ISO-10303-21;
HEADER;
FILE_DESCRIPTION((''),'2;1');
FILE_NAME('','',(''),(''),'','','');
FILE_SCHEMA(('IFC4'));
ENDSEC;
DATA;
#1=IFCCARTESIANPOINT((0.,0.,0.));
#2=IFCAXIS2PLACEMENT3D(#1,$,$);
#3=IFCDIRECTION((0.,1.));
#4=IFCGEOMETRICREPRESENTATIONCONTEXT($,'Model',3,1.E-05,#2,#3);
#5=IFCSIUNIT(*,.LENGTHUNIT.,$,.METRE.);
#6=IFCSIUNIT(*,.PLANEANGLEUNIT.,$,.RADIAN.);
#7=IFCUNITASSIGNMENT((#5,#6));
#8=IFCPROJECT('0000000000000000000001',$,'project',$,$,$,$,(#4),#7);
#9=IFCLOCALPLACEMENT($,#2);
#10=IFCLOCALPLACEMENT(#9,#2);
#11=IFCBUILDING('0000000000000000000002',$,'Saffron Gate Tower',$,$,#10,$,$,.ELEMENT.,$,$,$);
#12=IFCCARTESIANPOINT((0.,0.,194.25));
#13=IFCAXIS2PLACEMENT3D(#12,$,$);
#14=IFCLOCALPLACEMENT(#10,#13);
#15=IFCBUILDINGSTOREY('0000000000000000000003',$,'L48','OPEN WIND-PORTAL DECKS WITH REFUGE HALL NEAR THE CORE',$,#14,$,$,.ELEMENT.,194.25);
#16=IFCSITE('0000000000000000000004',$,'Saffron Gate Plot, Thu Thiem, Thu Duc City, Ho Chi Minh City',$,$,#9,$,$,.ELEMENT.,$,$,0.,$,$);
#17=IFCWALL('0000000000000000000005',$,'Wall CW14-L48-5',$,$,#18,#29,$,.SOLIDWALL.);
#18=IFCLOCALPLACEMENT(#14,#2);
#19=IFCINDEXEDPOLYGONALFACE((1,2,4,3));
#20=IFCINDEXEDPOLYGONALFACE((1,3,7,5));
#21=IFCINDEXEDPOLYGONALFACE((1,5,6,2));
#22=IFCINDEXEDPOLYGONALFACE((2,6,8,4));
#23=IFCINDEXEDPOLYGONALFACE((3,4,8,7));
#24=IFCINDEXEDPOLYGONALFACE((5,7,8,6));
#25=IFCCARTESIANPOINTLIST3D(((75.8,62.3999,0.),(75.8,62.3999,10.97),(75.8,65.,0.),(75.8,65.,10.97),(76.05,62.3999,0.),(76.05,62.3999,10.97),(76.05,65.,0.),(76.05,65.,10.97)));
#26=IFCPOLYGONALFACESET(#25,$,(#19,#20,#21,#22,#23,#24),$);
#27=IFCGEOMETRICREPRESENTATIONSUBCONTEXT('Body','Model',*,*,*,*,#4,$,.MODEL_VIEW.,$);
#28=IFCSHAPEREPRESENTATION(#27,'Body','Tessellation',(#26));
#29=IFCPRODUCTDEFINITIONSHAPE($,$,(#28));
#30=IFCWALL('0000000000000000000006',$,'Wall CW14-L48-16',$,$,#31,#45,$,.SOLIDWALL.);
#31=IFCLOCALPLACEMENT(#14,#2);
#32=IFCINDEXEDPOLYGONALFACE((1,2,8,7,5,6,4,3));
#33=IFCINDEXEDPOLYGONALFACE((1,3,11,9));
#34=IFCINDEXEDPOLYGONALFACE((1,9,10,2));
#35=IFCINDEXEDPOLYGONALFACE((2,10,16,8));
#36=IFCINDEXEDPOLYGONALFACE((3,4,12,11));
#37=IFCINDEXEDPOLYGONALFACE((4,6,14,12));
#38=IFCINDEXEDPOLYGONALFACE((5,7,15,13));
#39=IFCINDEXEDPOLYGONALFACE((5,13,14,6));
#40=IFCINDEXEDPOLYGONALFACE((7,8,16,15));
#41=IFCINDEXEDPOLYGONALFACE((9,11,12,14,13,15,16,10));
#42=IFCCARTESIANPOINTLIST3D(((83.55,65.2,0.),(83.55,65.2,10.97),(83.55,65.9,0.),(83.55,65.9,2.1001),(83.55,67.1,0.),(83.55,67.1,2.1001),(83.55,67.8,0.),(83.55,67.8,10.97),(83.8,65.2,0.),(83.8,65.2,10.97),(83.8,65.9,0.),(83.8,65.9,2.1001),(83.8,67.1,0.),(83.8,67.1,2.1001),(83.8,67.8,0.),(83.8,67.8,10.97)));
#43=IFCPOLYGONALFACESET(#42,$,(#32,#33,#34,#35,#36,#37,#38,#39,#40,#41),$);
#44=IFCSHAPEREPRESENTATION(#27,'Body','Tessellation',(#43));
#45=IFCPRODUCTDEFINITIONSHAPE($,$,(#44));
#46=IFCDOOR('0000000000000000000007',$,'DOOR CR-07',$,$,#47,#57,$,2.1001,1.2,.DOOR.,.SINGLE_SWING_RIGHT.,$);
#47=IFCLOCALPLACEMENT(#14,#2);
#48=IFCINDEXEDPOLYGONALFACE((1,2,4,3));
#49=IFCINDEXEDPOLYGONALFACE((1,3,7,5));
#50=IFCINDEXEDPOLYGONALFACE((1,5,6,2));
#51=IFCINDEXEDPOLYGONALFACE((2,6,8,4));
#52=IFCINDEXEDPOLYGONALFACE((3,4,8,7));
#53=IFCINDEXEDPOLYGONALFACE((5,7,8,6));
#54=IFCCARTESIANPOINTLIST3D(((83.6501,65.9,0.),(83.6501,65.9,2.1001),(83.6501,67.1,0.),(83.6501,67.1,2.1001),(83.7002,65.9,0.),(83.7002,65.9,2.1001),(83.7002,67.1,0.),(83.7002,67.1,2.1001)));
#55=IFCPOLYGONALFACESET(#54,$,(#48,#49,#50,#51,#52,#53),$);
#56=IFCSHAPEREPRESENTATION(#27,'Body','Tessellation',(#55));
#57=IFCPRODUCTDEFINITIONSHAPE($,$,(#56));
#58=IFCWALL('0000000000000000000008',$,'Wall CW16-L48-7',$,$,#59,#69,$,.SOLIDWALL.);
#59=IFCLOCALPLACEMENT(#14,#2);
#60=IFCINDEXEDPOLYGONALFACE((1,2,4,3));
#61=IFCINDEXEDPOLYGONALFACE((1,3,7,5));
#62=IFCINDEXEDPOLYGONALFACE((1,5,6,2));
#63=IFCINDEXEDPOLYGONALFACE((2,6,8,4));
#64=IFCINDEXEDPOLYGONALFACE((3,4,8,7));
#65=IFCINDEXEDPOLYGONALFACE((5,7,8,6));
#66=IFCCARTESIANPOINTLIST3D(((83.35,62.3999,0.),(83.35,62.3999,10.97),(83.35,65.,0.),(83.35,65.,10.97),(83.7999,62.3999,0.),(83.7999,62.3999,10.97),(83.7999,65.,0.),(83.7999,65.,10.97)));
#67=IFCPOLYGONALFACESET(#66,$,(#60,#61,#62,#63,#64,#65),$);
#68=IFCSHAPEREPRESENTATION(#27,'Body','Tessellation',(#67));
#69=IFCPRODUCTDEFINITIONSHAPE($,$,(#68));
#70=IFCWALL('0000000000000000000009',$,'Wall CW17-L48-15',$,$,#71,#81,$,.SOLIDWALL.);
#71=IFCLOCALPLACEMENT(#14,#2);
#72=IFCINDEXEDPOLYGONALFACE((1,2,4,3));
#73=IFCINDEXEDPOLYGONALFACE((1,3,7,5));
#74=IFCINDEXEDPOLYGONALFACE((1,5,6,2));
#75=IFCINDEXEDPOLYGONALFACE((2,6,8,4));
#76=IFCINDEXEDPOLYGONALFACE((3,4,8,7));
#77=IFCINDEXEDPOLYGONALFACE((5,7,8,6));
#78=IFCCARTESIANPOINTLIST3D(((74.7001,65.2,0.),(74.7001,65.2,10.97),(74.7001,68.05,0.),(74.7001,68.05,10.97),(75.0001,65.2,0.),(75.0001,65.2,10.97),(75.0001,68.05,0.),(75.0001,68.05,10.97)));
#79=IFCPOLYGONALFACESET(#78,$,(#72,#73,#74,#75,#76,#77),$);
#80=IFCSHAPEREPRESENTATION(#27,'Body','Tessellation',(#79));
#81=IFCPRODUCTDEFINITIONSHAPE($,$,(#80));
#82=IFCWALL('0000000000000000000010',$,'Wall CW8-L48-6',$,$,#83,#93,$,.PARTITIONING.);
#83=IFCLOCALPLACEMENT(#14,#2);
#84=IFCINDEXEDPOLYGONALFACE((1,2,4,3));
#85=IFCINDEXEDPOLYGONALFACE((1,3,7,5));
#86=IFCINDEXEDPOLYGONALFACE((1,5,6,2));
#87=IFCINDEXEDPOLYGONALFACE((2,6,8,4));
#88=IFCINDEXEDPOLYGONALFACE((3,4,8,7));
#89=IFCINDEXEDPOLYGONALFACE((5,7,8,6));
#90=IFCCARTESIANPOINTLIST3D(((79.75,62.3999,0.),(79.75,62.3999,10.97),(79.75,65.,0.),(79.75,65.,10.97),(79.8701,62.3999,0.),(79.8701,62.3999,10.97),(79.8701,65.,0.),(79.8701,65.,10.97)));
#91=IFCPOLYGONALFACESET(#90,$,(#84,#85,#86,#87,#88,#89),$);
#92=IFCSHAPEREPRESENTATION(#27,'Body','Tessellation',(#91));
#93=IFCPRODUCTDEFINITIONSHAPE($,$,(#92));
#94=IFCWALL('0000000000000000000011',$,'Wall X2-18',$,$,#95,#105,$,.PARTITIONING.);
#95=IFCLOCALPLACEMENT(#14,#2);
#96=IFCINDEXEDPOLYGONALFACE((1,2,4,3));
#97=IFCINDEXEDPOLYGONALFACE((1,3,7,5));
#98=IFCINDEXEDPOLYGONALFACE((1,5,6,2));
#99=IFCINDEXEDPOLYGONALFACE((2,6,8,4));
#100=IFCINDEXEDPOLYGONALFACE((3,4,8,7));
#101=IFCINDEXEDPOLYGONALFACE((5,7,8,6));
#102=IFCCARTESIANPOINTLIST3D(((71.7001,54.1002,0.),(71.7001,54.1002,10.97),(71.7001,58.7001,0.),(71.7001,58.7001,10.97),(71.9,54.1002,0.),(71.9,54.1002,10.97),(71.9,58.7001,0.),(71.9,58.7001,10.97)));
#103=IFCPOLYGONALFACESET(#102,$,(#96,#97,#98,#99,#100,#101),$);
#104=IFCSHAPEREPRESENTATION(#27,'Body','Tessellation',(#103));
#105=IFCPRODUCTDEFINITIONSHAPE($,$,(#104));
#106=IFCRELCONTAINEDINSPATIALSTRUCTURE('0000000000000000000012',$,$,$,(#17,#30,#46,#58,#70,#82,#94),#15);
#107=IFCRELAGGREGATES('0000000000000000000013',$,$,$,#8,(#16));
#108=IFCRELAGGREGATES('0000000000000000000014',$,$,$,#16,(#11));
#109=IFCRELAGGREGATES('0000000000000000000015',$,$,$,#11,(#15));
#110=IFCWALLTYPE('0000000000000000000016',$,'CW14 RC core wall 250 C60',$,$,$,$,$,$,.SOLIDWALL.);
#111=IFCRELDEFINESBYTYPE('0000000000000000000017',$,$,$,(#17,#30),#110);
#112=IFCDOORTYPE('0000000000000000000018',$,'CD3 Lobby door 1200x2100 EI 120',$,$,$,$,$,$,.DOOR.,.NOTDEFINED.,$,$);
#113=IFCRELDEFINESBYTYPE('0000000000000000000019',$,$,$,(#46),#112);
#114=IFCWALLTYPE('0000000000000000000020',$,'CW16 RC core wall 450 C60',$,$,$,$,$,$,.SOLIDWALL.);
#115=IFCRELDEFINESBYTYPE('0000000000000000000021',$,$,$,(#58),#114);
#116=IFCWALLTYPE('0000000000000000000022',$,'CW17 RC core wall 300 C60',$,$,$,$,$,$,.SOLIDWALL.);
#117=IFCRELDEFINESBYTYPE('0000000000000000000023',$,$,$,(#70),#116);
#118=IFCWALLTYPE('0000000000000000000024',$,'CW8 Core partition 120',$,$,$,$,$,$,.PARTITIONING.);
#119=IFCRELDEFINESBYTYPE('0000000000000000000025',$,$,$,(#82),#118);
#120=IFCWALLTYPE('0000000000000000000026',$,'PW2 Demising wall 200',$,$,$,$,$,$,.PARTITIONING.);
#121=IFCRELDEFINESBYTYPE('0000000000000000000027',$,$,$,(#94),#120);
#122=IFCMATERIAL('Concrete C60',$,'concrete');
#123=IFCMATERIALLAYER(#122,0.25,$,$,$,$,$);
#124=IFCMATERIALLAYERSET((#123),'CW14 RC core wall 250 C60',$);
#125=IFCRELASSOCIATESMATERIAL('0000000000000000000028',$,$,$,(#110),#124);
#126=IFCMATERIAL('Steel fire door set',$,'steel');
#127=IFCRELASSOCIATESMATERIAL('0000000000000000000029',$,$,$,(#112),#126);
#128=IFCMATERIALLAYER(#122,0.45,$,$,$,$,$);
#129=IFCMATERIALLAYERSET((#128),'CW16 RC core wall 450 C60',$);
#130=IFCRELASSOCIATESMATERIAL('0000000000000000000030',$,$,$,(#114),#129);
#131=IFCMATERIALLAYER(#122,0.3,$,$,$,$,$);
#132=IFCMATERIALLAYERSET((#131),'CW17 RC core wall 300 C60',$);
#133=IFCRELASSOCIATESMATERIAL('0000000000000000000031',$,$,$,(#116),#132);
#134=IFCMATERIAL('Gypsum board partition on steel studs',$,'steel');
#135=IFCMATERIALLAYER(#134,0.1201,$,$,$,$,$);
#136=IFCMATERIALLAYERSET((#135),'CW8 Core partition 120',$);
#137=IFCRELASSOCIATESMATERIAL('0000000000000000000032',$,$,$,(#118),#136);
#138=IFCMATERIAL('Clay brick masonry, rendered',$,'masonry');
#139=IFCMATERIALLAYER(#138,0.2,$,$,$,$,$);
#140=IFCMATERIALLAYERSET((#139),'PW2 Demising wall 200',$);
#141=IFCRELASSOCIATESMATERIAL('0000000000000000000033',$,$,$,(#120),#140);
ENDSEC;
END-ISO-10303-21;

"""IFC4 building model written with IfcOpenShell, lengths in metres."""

from ifc_helpers import new_model, si_unit, direction, frame, frame_2d, origin, place, context, subcontext, project, spatial, rectangle, extrude, material, layer, layer_set, type_object, element, fill, save


model = new_model("IFC4")

# Units and contexts
model_context = context("Model", 3, precision=1e-05, world=origin(), true_north=direction((0.0, 1.0)))
body_context = subcontext(model_context, "Body", "Model", "MODEL_VIEW")
ifc_project = project(units=[si_unit("LENGTHUNIT", "METRE"), si_unit("PLANEANGLEUNIT", "RADIAN")], contexts=[model_context])

# Site, building, storey
site_placement = place(None, origin())
site = spatial("IfcSite", under=ifc_project, at=site_placement, Name="Saffron Gate Plot, Thu Thiem, Thu Duc City, Ho Chi Minh City", CompositionType="ELEMENT", RefElevation=0.0)
building_placement = place(site_placement, origin())
building = spatial("IfcBuilding", under=site, at=building_placement, Name="Saffron Gate Tower", CompositionType="ELEMENT")
storey_placement = place(building_placement, frame((0.0, 0.0, 194.25)))
storey = spatial("IfcBuildingStorey", under=building, at=storey_placement, Name="L48", Description="OPEN WIND-PORTAL DECKS WITH REFUGE HALL NEAR THE CORE", CompositionType="ELEMENT", Elevation=194.25)

# Wall
ifc_material_1 = material(Name="Concrete C60", Category="concrete")
ifc_layer_1 = layer(ifc_material_1, 0.25)
ifc_layer_set_1 = layer_set([ifc_layer_1], Name="CW14 RC core wall 250 C60")
wall_type_1 = type_object("IfcWallType", Name="CW14 RC core wall 250 C60", PredefinedType="SOLIDWALL", material=ifc_layer_set_1)
wall_1_placement = place(storey_placement, frame((75.925, 62.3999, 0.0), z_axis=(0.0, 0.0, 1.0), x_axis=(0.0, 1.0, 0.0)))
element("IfcWall", 1, at=wall_1_placement, inside=storey, type_object=wall_type_1, Name="Wall CW14-L48-5", PredefinedType="SOLIDWALL", context=body_context, shape_type="SweptSolid", body=[
    extrude(rectangle(XDim=2.6001, YDim=0.25, at=frame_2d((1.3, 0.0))), origin(), (0.0, 0.0, 1.0), 10.97),
])

# Wall, opening, door
wall_2_placement = place(storey_placement, frame((83.675, 65.2, 0.0), z_axis=(0.0, 0.0, 1.0), x_axis=(0.0, 1.0, 0.0)))
wall_2 = element("IfcWall", 2, at=wall_2_placement, inside=storey, type_object=wall_type_1, Name="Wall CW14-L48-16", PredefinedType="SOLIDWALL", context=body_context, shape_type="SweptSolid", body=[
    extrude(rectangle(XDim=2.6001, YDim=0.25, at=frame_2d((1.3, 0.0))), origin(), (0.0, 0.0, 1.0), 10.97),
])
opening_1_placement = place(wall_2_placement, frame((0.7, 0.0, 0.0)))
opening_1 = element("IfcOpeningElement", 3, at=opening_1_placement, cuts=wall_2, PredefinedType="OPENING", context=body_context, shape_type="SweptSolid", body=[
    extrude(rectangle(XDim=1.2, YDim=2.1001, at=frame_2d((0.6001, 1.05))), frame((0.0, 0.135, 0.0), z_axis=(0.0, -1.0, 0.0), x_axis=(1.0, 0.0, 0.0)), (0.0, 0.0, 1.0), 0.27),
])
ifc_material_2 = material(Name="Steel fire door set", Category="steel")
door_type_1 = type_object("IfcDoorType", Name="CD3 Lobby door 1200x2100 EI 120", OperationType="NOTDEFINED", PredefinedType="DOOR", material=ifc_material_2)
door_1_placement = place(opening_1_placement, origin())
door_1 = element("IfcDoor", 4, at=door_1_placement, inside=storey, type_object=door_type_1, Name="DOOR CR-07", OperationType="SINGLE_SWING_RIGHT", OverallHeight=2.1001, OverallWidth=1.2, PredefinedType="DOOR", context=body_context, shape_type="SweptSolid", body=[
    extrude(rectangle(XDim=1.2, YDim=2.1001, at=frame_2d((0.6001, 1.05))), frame((0.0, 0.0249, 0.0), z_axis=(0.0, -1.0, 0.0), x_axis=(1.0, 0.0, 0.0)), (0.0, 0.0, 1.0), 0.05),
])
fill(opening_1, door_1)

# Walls
ifc_layer_2 = layer(ifc_material_1, 0.45)
ifc_layer_set_2 = layer_set([ifc_layer_2], Name="CW16 RC core wall 450 C60")
wall_type_2 = type_object("IfcWallType", Name="CW16 RC core wall 450 C60", PredefinedType="SOLIDWALL", material=ifc_layer_set_2)
wall_3_placement = place(storey_placement, frame((83.575, 62.3999, 0.0), z_axis=(0.0, 0.0, 1.0), x_axis=(0.0, 1.0, 0.0)))
element("IfcWall", 5, at=wall_3_placement, inside=storey, type_object=wall_type_2, Name="Wall CW16-L48-7", PredefinedType="SOLIDWALL", context=body_context, shape_type="SweptSolid", body=[
    extrude(rectangle(XDim=2.6001, YDim=0.45, at=frame_2d((1.3, 0.0))), origin(), (0.0, 0.0, 1.0), 10.97),
])
ifc_layer_3 = layer(ifc_material_1, 0.3)
ifc_layer_set_3 = layer_set([ifc_layer_3], Name="CW17 RC core wall 300 C60")
wall_type_3 = type_object("IfcWallType", Name="CW17 RC core wall 300 C60", PredefinedType="SOLIDWALL", material=ifc_layer_set_3)
wall_4_placement = place(storey_placement, frame((74.8501, 65.2, 0.0), z_axis=(0.0, 0.0, 1.0), x_axis=(0.0, 1.0, 0.0)))
element("IfcWall", 6, at=wall_4_placement, inside=storey, type_object=wall_type_3, Name="Wall CW17-L48-15", PredefinedType="SOLIDWALL", context=body_context, shape_type="SweptSolid", body=[
    extrude(rectangle(XDim=2.8501, YDim=0.3, at=frame_2d((1.425, 0.0))), origin(), (0.0, 0.0, 1.0), 10.97),
])
ifc_material_3 = material(Name="Gypsum board partition on steel studs", Category="steel")
ifc_layer_4 = layer(ifc_material_3, 0.1201)
ifc_layer_set_4 = layer_set([ifc_layer_4], Name="CW8 Core partition 120")
wall_type_4 = type_object("IfcWallType", Name="CW8 Core partition 120", PredefinedType="PARTITIONING", material=ifc_layer_set_4)
wall_5_placement = place(storey_placement, frame((79.8101, 62.3999, 0.0), z_axis=(0.0, 0.0, 1.0), x_axis=(0.0, 1.0, 0.0)))
element("IfcWall", 7, at=wall_5_placement, inside=storey, type_object=wall_type_4, Name="Wall CW8-L48-6", PredefinedType="PARTITIONING", context=body_context, shape_type="SweptSolid", body=[
    extrude(rectangle(XDim=2.6001, YDim=0.1201, at=frame_2d((1.3, 0.0))), origin(), (0.0, 0.0, 1.0), 10.97),
])
ifc_material_4 = material(Name="Clay brick masonry, rendered", Category="masonry")
ifc_layer_5 = layer(ifc_material_4, 0.2)
ifc_layer_set_5 = layer_set([ifc_layer_5], Name="PW2 Demising wall 200")
wall_type_5 = type_object("IfcWallType", Name="PW2 Demising wall 200", PredefinedType="PARTITIONING", material=ifc_layer_set_5)
wall_6_placement = place(storey_placement, frame((71.8, 58.7, 0.0), z_axis=(0.0, 0.0, 1.0), x_axis=(0.0, -1.0, 0.0)))
element("IfcWall", 8, at=wall_6_placement, inside=storey, type_object=wall_type_5, Name="Wall X2-18", PredefinedType="PARTITIONING", context=body_context, shape_type="SweptSolid", body=[
    extrude(rectangle(XDim=4.5999, YDim=0.2, at=frame_2d((2.2998, 0.0))), origin(), (0.0, 0.0, 1.0), 10.97),
])

save(model, "model.ifc")
